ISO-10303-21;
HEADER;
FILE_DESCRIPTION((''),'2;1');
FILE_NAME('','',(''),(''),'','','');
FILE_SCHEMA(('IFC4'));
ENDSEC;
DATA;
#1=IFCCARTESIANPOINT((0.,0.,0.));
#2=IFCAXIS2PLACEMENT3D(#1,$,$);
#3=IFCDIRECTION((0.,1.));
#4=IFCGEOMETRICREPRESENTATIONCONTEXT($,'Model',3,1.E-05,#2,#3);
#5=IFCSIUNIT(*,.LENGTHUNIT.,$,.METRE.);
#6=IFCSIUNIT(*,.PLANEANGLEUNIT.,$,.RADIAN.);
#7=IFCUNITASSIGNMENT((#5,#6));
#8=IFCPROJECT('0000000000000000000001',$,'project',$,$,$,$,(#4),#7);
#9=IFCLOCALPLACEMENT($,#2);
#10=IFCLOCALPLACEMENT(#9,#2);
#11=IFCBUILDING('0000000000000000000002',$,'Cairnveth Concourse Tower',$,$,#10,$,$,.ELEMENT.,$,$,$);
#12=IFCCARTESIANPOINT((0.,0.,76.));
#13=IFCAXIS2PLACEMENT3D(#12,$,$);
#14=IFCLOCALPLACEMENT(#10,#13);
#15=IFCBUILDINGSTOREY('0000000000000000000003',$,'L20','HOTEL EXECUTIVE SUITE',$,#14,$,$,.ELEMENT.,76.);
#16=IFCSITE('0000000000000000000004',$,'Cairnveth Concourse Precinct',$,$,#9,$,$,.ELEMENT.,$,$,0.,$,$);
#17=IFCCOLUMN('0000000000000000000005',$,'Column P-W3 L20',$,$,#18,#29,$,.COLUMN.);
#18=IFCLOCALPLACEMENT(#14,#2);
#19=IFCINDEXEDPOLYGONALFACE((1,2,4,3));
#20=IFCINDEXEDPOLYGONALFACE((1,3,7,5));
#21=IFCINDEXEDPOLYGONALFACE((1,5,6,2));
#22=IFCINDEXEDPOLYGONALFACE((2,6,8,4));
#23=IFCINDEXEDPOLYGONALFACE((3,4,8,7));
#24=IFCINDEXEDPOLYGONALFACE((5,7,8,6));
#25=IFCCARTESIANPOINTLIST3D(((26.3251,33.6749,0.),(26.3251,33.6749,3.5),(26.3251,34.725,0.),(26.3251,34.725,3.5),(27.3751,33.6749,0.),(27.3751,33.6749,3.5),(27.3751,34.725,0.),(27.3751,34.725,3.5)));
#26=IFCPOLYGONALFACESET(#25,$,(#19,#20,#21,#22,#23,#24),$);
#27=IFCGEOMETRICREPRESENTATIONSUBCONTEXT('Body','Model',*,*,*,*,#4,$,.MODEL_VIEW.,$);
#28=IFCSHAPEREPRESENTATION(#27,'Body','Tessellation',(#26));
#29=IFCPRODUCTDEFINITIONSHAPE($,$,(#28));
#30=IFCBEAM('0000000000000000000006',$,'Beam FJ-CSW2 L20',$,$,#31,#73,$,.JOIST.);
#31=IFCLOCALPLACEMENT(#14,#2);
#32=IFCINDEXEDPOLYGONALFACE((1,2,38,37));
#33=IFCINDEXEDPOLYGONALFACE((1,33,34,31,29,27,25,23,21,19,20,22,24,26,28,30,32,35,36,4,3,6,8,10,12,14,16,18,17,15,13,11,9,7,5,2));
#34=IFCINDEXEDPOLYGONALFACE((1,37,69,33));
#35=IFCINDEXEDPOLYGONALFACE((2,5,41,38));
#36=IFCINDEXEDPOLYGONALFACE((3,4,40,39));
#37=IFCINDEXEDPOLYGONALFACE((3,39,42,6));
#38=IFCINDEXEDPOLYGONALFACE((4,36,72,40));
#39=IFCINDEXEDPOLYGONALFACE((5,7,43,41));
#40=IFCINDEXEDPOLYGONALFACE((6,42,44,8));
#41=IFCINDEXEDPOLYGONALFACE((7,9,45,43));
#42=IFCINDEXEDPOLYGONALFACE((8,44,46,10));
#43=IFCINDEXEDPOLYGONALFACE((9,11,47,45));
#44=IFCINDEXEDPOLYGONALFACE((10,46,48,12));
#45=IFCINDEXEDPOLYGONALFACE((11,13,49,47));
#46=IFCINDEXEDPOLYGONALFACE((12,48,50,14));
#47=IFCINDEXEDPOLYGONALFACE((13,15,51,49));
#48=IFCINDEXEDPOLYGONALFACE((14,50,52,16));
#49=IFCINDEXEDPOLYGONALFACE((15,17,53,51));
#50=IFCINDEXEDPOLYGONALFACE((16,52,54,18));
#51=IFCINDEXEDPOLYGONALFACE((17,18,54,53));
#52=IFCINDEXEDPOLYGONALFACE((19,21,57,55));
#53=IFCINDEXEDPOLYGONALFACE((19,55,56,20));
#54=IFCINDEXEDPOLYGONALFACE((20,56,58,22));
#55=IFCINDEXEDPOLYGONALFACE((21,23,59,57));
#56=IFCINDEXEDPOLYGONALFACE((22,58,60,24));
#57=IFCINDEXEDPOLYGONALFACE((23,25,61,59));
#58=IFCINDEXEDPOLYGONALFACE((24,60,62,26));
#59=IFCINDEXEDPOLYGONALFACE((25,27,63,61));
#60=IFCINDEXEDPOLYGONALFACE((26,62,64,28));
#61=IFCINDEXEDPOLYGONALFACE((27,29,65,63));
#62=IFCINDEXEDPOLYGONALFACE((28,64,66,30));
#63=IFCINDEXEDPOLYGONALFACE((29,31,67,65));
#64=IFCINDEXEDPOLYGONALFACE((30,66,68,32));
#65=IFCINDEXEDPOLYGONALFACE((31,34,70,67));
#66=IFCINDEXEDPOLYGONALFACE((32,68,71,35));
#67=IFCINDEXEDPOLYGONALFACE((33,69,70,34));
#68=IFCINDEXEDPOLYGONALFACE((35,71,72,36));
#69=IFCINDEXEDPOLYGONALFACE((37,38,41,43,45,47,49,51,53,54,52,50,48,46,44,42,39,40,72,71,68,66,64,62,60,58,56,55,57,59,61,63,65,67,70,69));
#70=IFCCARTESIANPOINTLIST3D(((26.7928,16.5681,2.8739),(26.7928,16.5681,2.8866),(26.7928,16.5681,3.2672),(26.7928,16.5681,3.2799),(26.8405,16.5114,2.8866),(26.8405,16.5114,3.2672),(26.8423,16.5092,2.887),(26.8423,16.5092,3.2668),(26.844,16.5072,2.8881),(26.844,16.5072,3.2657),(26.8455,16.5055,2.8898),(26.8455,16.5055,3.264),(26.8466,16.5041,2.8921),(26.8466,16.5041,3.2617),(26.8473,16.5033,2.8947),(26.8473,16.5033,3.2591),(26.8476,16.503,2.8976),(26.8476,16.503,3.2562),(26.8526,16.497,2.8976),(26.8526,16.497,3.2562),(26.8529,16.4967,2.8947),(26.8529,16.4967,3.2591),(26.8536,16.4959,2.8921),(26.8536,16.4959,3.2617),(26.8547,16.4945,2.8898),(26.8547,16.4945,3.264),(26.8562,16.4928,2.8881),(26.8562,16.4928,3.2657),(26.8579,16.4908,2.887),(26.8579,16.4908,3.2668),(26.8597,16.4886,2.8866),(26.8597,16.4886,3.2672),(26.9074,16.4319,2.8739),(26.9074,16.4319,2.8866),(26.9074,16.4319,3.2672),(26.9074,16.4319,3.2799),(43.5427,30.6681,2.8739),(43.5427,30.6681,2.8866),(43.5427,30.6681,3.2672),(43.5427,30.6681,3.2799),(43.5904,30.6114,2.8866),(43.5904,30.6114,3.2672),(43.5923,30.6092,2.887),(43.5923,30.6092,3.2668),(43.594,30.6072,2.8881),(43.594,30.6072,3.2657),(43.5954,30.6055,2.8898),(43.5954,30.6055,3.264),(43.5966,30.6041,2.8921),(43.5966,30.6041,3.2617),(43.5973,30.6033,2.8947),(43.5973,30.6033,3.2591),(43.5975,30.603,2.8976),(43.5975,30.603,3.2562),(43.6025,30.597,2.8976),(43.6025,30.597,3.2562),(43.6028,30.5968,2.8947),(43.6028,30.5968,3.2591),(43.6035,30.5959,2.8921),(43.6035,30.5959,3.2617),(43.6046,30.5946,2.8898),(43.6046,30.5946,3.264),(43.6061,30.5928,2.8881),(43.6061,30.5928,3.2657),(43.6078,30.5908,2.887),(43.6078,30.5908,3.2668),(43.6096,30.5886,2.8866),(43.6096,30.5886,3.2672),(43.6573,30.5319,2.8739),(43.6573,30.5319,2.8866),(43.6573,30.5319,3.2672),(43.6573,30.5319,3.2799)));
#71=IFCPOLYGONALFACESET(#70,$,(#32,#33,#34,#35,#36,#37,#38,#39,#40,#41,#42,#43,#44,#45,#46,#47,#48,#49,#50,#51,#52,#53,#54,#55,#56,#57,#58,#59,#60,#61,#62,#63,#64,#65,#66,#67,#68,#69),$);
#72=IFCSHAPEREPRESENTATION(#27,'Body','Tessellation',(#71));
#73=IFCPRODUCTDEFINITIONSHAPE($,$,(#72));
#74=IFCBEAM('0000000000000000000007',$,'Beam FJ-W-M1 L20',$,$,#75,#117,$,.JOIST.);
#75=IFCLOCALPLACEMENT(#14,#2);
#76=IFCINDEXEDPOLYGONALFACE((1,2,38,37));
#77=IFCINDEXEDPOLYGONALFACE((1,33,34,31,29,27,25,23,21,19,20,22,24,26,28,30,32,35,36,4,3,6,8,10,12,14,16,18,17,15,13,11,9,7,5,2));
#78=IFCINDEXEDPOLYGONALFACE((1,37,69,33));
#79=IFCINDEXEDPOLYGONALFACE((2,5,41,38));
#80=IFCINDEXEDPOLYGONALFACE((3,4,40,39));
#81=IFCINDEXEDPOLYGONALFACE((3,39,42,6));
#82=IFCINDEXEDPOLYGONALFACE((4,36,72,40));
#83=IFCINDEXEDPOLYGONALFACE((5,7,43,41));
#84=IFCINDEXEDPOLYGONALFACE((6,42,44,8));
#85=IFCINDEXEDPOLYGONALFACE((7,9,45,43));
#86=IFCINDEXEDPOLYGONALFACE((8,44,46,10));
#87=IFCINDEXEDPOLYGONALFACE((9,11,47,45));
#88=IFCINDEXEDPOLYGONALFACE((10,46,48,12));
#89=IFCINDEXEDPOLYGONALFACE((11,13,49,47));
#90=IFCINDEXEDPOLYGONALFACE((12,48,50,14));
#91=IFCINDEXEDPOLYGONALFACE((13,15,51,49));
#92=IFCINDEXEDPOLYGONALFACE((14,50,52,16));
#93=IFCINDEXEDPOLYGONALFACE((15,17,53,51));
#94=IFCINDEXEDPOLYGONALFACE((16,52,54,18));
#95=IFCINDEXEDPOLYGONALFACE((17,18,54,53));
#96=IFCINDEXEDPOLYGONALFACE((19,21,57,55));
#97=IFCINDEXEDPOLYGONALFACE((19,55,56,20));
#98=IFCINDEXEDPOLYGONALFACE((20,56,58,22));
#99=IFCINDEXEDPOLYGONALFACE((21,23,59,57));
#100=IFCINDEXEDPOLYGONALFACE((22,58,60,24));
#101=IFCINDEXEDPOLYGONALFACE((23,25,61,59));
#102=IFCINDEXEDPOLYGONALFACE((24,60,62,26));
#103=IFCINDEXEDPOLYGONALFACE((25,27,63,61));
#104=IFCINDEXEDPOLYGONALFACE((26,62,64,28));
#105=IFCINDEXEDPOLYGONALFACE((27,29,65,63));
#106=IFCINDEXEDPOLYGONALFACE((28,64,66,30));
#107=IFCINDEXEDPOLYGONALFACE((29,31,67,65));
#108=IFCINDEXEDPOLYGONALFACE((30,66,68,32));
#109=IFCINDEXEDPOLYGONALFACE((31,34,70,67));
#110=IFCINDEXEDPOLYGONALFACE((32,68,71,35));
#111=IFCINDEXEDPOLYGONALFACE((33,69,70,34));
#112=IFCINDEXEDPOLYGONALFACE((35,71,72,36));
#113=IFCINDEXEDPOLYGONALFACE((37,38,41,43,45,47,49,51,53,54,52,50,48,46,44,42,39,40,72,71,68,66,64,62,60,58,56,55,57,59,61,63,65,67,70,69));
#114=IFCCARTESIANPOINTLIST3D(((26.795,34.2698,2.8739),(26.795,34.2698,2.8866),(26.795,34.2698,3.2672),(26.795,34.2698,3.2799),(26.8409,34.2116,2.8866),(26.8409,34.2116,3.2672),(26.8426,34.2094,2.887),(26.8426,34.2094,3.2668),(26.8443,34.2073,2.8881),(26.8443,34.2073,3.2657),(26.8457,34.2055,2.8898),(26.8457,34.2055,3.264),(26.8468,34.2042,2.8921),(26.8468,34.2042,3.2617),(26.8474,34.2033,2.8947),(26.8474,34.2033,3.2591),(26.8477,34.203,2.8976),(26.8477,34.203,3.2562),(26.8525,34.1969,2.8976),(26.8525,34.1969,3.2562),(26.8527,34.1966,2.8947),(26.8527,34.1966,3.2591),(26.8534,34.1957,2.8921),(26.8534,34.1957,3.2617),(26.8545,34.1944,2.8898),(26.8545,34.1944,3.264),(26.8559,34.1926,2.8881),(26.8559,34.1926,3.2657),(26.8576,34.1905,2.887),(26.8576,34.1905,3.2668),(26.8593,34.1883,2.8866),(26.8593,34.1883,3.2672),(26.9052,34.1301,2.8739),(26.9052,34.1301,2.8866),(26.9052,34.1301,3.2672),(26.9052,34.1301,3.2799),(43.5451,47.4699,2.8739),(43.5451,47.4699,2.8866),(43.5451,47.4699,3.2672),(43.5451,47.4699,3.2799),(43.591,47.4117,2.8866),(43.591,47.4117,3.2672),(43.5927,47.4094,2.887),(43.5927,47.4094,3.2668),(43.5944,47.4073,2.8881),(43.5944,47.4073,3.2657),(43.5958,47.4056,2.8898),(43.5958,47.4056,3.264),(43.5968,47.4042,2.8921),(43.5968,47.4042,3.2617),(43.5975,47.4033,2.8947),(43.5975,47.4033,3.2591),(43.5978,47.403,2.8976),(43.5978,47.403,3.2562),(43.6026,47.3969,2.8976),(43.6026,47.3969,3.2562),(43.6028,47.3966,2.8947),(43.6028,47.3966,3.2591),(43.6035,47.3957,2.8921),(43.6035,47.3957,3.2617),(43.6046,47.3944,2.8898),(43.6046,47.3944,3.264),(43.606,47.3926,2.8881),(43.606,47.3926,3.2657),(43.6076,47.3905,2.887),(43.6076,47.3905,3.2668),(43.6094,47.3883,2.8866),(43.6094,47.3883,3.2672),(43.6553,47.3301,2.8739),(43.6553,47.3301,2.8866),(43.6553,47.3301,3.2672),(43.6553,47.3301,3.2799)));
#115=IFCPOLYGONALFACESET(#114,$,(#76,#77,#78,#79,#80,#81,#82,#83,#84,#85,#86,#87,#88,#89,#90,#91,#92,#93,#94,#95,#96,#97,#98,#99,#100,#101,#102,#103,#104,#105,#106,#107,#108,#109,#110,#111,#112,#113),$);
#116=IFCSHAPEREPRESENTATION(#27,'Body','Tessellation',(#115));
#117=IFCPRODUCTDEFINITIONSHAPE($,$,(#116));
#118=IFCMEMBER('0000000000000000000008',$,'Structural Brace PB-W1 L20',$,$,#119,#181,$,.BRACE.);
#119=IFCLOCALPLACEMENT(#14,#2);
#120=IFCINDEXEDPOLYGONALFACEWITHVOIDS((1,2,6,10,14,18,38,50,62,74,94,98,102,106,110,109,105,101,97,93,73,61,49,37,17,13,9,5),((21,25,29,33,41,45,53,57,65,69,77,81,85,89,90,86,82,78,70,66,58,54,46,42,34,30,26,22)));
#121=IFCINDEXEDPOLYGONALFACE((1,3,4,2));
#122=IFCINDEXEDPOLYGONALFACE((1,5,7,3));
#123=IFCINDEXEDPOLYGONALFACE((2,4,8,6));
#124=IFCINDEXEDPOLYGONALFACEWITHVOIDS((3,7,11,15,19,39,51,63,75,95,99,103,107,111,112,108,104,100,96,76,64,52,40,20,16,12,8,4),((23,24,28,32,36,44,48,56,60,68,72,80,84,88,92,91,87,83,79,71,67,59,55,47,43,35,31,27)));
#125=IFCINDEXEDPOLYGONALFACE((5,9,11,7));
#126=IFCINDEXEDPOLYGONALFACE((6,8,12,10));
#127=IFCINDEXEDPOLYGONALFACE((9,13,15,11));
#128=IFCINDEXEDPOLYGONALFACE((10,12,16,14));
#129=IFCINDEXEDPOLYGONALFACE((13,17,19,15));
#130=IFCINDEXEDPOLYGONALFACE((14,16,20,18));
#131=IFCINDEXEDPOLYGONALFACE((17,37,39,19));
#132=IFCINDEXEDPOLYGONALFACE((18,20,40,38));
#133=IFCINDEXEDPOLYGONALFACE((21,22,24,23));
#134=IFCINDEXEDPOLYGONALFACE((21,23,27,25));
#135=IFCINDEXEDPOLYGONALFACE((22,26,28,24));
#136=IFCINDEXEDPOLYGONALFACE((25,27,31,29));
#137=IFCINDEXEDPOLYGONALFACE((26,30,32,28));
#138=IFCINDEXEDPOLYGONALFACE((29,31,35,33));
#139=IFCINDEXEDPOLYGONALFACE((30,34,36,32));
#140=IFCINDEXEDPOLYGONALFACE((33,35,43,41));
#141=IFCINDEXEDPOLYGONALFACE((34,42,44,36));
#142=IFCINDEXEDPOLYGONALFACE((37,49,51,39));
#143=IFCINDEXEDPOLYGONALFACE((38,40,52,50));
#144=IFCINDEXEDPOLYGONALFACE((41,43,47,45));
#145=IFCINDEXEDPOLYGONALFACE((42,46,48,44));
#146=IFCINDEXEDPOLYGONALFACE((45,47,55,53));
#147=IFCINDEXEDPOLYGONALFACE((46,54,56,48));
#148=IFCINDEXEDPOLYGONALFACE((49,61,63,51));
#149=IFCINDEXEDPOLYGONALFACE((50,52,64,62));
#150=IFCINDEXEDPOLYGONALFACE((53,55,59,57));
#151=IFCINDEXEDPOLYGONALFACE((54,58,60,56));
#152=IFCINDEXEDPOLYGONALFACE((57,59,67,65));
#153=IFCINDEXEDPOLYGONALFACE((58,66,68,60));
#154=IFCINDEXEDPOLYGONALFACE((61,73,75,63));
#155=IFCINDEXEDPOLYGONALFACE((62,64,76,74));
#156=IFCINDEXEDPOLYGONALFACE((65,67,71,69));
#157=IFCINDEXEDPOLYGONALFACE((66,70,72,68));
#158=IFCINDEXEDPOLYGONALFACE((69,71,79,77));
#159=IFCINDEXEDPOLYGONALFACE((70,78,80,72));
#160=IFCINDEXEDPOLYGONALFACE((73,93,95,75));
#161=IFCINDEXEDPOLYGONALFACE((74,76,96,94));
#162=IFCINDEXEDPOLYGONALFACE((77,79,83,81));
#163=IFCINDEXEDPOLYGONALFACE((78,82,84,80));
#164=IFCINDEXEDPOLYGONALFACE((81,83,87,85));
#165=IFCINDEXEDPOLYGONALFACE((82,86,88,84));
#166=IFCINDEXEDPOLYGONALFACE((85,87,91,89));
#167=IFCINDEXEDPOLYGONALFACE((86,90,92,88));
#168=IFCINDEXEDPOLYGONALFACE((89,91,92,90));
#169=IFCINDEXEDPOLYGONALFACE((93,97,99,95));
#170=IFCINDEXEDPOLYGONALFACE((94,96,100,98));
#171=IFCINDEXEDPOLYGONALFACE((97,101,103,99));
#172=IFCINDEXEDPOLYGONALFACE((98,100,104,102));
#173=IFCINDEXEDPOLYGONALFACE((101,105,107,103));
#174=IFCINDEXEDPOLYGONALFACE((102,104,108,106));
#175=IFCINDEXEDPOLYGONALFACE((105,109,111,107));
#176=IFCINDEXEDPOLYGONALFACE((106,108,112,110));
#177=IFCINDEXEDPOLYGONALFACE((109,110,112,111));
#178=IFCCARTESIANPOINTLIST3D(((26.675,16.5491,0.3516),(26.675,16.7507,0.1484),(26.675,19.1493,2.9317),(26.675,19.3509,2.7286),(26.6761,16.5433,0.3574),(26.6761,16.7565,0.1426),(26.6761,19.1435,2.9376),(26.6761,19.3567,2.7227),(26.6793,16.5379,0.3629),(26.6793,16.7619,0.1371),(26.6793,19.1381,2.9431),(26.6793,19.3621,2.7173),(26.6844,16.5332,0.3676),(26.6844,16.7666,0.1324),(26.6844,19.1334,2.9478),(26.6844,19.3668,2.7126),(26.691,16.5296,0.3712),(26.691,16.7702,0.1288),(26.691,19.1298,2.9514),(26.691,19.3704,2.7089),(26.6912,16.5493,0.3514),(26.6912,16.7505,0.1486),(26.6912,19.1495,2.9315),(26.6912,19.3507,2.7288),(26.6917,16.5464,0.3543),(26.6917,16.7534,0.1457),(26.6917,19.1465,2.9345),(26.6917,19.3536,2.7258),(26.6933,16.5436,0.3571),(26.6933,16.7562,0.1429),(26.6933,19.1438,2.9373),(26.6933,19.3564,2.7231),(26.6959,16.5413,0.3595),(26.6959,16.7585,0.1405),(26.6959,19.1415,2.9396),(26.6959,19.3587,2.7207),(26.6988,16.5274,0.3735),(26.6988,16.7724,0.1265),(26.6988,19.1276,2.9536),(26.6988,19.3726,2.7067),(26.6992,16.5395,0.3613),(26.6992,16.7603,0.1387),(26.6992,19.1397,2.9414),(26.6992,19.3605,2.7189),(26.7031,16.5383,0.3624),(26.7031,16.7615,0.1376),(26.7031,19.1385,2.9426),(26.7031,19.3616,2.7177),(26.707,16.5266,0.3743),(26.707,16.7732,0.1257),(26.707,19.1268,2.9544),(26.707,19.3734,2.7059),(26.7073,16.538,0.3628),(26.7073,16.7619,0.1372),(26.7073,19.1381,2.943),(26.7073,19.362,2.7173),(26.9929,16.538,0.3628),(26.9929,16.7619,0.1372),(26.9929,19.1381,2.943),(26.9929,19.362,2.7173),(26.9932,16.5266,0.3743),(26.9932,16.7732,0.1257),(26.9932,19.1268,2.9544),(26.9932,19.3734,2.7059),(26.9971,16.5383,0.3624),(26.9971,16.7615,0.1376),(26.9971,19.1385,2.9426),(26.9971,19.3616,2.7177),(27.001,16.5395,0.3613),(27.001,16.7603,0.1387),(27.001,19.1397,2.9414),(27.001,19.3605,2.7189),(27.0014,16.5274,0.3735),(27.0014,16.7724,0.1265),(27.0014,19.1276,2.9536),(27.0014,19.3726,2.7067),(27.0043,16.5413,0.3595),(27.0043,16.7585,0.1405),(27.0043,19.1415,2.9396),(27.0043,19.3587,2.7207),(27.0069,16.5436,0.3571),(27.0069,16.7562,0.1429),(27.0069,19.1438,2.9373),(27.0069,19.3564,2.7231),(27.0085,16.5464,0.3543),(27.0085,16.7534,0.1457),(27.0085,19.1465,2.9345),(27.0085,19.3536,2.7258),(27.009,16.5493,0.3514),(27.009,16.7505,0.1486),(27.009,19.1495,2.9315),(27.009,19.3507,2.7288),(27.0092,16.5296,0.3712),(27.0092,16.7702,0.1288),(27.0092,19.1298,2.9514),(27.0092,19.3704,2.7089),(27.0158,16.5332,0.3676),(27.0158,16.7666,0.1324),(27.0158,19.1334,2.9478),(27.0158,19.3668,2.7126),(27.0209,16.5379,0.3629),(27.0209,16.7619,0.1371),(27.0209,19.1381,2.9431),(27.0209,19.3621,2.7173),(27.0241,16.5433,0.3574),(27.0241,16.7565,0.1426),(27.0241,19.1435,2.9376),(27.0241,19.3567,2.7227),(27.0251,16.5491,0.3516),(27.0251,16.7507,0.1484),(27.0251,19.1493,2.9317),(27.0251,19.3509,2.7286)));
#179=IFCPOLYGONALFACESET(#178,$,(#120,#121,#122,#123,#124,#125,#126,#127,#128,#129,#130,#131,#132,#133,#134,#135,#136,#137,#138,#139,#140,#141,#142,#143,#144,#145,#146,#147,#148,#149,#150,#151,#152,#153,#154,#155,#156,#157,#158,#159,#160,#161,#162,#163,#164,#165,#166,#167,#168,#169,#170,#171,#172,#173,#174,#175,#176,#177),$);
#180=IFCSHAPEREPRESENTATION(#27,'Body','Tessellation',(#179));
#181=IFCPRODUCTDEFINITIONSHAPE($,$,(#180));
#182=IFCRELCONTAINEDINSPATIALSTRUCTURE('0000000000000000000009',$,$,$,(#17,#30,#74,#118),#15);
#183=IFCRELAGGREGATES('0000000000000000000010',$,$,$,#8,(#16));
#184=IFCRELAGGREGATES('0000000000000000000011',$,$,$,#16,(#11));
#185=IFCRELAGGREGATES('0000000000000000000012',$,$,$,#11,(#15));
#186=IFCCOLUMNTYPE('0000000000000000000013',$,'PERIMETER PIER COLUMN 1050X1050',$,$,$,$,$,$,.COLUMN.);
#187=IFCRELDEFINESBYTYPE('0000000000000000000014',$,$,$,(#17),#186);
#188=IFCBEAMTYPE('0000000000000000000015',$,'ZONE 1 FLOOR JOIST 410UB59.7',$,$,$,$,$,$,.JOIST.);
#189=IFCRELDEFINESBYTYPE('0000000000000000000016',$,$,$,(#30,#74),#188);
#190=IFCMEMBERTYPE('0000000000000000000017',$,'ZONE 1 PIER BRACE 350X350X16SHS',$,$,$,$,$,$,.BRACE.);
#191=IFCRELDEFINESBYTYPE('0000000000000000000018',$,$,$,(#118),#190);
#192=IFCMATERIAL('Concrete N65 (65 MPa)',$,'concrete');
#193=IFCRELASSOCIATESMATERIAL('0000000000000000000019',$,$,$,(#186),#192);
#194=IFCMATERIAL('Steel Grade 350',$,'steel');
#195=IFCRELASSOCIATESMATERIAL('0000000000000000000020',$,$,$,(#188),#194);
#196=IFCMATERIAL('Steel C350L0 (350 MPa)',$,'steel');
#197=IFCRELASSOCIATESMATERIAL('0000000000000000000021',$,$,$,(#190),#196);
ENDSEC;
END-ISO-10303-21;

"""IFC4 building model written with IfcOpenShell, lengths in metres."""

from ifc_helpers import new_model, si_unit, direction, frame, origin, origin_2d, place, context, subcontext, project, spatial, rectangle, hollow_rectangle, i_section, extrude, material, material_profile, profile_set, type_object, element, save


model = new_model("IFC4")

# Units and contexts
model_context = context("Model", 3, precision=1e-05, world=origin(), true_north=direction((0.0, 1.0)))
body_context = subcontext(model_context, "Body", "Model", "MODEL_VIEW")
ifc_project = project(units=[si_unit("LENGTHUNIT", "METRE"), si_unit("PLANEANGLEUNIT", "RADIAN")], contexts=[model_context])

# Site, building, storey
site_placement = place(None, origin())
site = spatial("IfcSite", under=ifc_project, at=site_placement, Name="Cairnveth Concourse Precinct", CompositionType="ELEMENT", RefElevation=0.0)
building_placement = place(site_placement, origin())
building = spatial("IfcBuilding", under=site, at=building_placement, Name="Cairnveth Concourse Tower", CompositionType="ELEMENT")
storey_placement = place(building_placement, frame((0.0, 0.0, 76.0)))
storey = spatial("IfcBuildingStorey", under=building, at=storey_placement, Name="L20", Description="HOTEL EXECUTIVE SUITE", CompositionType="ELEMENT", Elevation=76.0)

# Column
ifc_material_1 = material(Name="Concrete N65 (65 MPa)", Category="concrete")
ifc_material_profile_1 = material_profile(ifc_material_1, rectangle(XDim=1.05, YDim=1.05, at=origin_2d()), Name="RC-COL-1050x1050")
ifc_profile_set_1 = profile_set([ifc_material_profile_1], Name="Concrete N65 (65 MPa)")
column_type = type_object("IfcColumnType", Name="PERIMETER PIER COLUMN 1050X1050", PredefinedType="COLUMN", material=ifc_profile_set_1)
column_placement = place(storey_placement, frame((26.8501, 34.2, 0.0), z_axis=(0.0, 0.0, 1.0), x_axis=(0.0, 1.0, 0.0)))
element("IfcColumn", 1, at=column_placement, inside=storey, type_object=column_type, Name="Column P-W3 L20", PredefinedType="COLUMN", context=body_context, shape_type="SweptSolid", body=[
    extrude(rectangle(XDim=1.05, YDim=1.05, at=origin_2d()), origin(), (0.0, 0.0, 1.0), 3.5),
])

# Beams
ifc_material_2 = material(Name="Steel Grade 350", Category="steel")
ifc_material_profile_2 = material_profile(ifc_material_2, i_section(OverallWidth=0.178, OverallDepth=0.406, WebThickness=0.0078, FlangeThickness=0.0127, FilletRadius=0.011, at=origin_2d()), Name="410UB59.7")
ifc_profile_set_2 = profile_set([ifc_material_profile_2], Name="Steel Grade 350")
beam_type_1 = type_object("IfcBeamType", Name="ZONE 1 FLOOR JOIST 410UB59.7", PredefinedType="JOIST", material=ifc_profile_set_2)
beam_1_placement = place(storey_placement, frame((26.8501, 16.5, 3.0769), z_axis=(0.765027, 0.643998, 0.0), x_axis=(-0.643998, 0.765027, 0.0)))
element("IfcBeam", 2, at=beam_1_placement, inside=storey, type_object=beam_type_1, Name="Beam FJ-CSW2 L20", PredefinedType="JOIST", context=body_context, shape_type="SweptSolid", body=[
    extrude(i_section(OverallWidth=0.178, OverallDepth=0.406, WebThickness=0.0078, FlangeThickness=0.0127, FilletRadius=0.011, at=origin_2d()), origin(), (0.0, 0.0, 1.0), 21.8945),
])
beam_2_placement = place(storey_placement, frame((26.8501, 34.2, 3.0769), z_axis=(0.785424, 0.618958, 0.0), x_axis=(-0.618958, 0.785424, 0.0)))
element("IfcBeam", 3, at=beam_2_placement, inside=storey, type_object=beam_type_1, Name="Beam FJ-W-M1 L20", PredefinedType="JOIST", context=body_context, shape_type="SweptSolid", body=[
    extrude(i_section(OverallWidth=0.178, OverallDepth=0.406, WebThickness=0.0078, FlangeThickness=0.0127, FilletRadius=0.011, at=origin_2d()), origin(), (0.0, 0.0, 1.0), 21.3262),
])

# Member
ifc_material_3 = material(Name="Steel C350L0 (350 MPa)", Category="steel")
ifc_material_profile_3 = material_profile(ifc_material_3, hollow_rectangle(XDim=0.3501, YDim=0.3501, WallThickness=0.0161, InnerFilletRadius=0.0161, OuterFilletRadius=0.032, at=origin_2d()), Name="350x350x16.0SHS")
ifc_profile_set_3 = profile_set([ifc_material_profile_3], Name="Steel C350L0 (350 MPa)")
member_type = type_object("IfcMemberType", Name="ZONE 1 PIER BRACE 350X350X16SHS", PredefinedType="BRACE", material=ifc_profile_set_3)
member_placement = place(storey_placement, frame((26.8501, 16.6499, 0.25), z_axis=(0.0, 0.709834, 0.704369), x_axis=(-1.0, 0.0, 0.0)))
element("IfcMember", 4, at=member_placement, inside=storey, type_object=member_type, Name="Structural Brace PB-W1 L20", PredefinedType="BRACE", context=body_context, shape_type="SweptSolid", body=[
    extrude(hollow_rectangle(XDim=0.3501, YDim=0.3501, WallThickness=0.0161, InnerFilletRadius=0.0161, OuterFilletRadius=0.032, at=origin_2d()), origin(), (0.0, 0.0, 1.0), 3.6631),
])

save(model, "model.ifc")
